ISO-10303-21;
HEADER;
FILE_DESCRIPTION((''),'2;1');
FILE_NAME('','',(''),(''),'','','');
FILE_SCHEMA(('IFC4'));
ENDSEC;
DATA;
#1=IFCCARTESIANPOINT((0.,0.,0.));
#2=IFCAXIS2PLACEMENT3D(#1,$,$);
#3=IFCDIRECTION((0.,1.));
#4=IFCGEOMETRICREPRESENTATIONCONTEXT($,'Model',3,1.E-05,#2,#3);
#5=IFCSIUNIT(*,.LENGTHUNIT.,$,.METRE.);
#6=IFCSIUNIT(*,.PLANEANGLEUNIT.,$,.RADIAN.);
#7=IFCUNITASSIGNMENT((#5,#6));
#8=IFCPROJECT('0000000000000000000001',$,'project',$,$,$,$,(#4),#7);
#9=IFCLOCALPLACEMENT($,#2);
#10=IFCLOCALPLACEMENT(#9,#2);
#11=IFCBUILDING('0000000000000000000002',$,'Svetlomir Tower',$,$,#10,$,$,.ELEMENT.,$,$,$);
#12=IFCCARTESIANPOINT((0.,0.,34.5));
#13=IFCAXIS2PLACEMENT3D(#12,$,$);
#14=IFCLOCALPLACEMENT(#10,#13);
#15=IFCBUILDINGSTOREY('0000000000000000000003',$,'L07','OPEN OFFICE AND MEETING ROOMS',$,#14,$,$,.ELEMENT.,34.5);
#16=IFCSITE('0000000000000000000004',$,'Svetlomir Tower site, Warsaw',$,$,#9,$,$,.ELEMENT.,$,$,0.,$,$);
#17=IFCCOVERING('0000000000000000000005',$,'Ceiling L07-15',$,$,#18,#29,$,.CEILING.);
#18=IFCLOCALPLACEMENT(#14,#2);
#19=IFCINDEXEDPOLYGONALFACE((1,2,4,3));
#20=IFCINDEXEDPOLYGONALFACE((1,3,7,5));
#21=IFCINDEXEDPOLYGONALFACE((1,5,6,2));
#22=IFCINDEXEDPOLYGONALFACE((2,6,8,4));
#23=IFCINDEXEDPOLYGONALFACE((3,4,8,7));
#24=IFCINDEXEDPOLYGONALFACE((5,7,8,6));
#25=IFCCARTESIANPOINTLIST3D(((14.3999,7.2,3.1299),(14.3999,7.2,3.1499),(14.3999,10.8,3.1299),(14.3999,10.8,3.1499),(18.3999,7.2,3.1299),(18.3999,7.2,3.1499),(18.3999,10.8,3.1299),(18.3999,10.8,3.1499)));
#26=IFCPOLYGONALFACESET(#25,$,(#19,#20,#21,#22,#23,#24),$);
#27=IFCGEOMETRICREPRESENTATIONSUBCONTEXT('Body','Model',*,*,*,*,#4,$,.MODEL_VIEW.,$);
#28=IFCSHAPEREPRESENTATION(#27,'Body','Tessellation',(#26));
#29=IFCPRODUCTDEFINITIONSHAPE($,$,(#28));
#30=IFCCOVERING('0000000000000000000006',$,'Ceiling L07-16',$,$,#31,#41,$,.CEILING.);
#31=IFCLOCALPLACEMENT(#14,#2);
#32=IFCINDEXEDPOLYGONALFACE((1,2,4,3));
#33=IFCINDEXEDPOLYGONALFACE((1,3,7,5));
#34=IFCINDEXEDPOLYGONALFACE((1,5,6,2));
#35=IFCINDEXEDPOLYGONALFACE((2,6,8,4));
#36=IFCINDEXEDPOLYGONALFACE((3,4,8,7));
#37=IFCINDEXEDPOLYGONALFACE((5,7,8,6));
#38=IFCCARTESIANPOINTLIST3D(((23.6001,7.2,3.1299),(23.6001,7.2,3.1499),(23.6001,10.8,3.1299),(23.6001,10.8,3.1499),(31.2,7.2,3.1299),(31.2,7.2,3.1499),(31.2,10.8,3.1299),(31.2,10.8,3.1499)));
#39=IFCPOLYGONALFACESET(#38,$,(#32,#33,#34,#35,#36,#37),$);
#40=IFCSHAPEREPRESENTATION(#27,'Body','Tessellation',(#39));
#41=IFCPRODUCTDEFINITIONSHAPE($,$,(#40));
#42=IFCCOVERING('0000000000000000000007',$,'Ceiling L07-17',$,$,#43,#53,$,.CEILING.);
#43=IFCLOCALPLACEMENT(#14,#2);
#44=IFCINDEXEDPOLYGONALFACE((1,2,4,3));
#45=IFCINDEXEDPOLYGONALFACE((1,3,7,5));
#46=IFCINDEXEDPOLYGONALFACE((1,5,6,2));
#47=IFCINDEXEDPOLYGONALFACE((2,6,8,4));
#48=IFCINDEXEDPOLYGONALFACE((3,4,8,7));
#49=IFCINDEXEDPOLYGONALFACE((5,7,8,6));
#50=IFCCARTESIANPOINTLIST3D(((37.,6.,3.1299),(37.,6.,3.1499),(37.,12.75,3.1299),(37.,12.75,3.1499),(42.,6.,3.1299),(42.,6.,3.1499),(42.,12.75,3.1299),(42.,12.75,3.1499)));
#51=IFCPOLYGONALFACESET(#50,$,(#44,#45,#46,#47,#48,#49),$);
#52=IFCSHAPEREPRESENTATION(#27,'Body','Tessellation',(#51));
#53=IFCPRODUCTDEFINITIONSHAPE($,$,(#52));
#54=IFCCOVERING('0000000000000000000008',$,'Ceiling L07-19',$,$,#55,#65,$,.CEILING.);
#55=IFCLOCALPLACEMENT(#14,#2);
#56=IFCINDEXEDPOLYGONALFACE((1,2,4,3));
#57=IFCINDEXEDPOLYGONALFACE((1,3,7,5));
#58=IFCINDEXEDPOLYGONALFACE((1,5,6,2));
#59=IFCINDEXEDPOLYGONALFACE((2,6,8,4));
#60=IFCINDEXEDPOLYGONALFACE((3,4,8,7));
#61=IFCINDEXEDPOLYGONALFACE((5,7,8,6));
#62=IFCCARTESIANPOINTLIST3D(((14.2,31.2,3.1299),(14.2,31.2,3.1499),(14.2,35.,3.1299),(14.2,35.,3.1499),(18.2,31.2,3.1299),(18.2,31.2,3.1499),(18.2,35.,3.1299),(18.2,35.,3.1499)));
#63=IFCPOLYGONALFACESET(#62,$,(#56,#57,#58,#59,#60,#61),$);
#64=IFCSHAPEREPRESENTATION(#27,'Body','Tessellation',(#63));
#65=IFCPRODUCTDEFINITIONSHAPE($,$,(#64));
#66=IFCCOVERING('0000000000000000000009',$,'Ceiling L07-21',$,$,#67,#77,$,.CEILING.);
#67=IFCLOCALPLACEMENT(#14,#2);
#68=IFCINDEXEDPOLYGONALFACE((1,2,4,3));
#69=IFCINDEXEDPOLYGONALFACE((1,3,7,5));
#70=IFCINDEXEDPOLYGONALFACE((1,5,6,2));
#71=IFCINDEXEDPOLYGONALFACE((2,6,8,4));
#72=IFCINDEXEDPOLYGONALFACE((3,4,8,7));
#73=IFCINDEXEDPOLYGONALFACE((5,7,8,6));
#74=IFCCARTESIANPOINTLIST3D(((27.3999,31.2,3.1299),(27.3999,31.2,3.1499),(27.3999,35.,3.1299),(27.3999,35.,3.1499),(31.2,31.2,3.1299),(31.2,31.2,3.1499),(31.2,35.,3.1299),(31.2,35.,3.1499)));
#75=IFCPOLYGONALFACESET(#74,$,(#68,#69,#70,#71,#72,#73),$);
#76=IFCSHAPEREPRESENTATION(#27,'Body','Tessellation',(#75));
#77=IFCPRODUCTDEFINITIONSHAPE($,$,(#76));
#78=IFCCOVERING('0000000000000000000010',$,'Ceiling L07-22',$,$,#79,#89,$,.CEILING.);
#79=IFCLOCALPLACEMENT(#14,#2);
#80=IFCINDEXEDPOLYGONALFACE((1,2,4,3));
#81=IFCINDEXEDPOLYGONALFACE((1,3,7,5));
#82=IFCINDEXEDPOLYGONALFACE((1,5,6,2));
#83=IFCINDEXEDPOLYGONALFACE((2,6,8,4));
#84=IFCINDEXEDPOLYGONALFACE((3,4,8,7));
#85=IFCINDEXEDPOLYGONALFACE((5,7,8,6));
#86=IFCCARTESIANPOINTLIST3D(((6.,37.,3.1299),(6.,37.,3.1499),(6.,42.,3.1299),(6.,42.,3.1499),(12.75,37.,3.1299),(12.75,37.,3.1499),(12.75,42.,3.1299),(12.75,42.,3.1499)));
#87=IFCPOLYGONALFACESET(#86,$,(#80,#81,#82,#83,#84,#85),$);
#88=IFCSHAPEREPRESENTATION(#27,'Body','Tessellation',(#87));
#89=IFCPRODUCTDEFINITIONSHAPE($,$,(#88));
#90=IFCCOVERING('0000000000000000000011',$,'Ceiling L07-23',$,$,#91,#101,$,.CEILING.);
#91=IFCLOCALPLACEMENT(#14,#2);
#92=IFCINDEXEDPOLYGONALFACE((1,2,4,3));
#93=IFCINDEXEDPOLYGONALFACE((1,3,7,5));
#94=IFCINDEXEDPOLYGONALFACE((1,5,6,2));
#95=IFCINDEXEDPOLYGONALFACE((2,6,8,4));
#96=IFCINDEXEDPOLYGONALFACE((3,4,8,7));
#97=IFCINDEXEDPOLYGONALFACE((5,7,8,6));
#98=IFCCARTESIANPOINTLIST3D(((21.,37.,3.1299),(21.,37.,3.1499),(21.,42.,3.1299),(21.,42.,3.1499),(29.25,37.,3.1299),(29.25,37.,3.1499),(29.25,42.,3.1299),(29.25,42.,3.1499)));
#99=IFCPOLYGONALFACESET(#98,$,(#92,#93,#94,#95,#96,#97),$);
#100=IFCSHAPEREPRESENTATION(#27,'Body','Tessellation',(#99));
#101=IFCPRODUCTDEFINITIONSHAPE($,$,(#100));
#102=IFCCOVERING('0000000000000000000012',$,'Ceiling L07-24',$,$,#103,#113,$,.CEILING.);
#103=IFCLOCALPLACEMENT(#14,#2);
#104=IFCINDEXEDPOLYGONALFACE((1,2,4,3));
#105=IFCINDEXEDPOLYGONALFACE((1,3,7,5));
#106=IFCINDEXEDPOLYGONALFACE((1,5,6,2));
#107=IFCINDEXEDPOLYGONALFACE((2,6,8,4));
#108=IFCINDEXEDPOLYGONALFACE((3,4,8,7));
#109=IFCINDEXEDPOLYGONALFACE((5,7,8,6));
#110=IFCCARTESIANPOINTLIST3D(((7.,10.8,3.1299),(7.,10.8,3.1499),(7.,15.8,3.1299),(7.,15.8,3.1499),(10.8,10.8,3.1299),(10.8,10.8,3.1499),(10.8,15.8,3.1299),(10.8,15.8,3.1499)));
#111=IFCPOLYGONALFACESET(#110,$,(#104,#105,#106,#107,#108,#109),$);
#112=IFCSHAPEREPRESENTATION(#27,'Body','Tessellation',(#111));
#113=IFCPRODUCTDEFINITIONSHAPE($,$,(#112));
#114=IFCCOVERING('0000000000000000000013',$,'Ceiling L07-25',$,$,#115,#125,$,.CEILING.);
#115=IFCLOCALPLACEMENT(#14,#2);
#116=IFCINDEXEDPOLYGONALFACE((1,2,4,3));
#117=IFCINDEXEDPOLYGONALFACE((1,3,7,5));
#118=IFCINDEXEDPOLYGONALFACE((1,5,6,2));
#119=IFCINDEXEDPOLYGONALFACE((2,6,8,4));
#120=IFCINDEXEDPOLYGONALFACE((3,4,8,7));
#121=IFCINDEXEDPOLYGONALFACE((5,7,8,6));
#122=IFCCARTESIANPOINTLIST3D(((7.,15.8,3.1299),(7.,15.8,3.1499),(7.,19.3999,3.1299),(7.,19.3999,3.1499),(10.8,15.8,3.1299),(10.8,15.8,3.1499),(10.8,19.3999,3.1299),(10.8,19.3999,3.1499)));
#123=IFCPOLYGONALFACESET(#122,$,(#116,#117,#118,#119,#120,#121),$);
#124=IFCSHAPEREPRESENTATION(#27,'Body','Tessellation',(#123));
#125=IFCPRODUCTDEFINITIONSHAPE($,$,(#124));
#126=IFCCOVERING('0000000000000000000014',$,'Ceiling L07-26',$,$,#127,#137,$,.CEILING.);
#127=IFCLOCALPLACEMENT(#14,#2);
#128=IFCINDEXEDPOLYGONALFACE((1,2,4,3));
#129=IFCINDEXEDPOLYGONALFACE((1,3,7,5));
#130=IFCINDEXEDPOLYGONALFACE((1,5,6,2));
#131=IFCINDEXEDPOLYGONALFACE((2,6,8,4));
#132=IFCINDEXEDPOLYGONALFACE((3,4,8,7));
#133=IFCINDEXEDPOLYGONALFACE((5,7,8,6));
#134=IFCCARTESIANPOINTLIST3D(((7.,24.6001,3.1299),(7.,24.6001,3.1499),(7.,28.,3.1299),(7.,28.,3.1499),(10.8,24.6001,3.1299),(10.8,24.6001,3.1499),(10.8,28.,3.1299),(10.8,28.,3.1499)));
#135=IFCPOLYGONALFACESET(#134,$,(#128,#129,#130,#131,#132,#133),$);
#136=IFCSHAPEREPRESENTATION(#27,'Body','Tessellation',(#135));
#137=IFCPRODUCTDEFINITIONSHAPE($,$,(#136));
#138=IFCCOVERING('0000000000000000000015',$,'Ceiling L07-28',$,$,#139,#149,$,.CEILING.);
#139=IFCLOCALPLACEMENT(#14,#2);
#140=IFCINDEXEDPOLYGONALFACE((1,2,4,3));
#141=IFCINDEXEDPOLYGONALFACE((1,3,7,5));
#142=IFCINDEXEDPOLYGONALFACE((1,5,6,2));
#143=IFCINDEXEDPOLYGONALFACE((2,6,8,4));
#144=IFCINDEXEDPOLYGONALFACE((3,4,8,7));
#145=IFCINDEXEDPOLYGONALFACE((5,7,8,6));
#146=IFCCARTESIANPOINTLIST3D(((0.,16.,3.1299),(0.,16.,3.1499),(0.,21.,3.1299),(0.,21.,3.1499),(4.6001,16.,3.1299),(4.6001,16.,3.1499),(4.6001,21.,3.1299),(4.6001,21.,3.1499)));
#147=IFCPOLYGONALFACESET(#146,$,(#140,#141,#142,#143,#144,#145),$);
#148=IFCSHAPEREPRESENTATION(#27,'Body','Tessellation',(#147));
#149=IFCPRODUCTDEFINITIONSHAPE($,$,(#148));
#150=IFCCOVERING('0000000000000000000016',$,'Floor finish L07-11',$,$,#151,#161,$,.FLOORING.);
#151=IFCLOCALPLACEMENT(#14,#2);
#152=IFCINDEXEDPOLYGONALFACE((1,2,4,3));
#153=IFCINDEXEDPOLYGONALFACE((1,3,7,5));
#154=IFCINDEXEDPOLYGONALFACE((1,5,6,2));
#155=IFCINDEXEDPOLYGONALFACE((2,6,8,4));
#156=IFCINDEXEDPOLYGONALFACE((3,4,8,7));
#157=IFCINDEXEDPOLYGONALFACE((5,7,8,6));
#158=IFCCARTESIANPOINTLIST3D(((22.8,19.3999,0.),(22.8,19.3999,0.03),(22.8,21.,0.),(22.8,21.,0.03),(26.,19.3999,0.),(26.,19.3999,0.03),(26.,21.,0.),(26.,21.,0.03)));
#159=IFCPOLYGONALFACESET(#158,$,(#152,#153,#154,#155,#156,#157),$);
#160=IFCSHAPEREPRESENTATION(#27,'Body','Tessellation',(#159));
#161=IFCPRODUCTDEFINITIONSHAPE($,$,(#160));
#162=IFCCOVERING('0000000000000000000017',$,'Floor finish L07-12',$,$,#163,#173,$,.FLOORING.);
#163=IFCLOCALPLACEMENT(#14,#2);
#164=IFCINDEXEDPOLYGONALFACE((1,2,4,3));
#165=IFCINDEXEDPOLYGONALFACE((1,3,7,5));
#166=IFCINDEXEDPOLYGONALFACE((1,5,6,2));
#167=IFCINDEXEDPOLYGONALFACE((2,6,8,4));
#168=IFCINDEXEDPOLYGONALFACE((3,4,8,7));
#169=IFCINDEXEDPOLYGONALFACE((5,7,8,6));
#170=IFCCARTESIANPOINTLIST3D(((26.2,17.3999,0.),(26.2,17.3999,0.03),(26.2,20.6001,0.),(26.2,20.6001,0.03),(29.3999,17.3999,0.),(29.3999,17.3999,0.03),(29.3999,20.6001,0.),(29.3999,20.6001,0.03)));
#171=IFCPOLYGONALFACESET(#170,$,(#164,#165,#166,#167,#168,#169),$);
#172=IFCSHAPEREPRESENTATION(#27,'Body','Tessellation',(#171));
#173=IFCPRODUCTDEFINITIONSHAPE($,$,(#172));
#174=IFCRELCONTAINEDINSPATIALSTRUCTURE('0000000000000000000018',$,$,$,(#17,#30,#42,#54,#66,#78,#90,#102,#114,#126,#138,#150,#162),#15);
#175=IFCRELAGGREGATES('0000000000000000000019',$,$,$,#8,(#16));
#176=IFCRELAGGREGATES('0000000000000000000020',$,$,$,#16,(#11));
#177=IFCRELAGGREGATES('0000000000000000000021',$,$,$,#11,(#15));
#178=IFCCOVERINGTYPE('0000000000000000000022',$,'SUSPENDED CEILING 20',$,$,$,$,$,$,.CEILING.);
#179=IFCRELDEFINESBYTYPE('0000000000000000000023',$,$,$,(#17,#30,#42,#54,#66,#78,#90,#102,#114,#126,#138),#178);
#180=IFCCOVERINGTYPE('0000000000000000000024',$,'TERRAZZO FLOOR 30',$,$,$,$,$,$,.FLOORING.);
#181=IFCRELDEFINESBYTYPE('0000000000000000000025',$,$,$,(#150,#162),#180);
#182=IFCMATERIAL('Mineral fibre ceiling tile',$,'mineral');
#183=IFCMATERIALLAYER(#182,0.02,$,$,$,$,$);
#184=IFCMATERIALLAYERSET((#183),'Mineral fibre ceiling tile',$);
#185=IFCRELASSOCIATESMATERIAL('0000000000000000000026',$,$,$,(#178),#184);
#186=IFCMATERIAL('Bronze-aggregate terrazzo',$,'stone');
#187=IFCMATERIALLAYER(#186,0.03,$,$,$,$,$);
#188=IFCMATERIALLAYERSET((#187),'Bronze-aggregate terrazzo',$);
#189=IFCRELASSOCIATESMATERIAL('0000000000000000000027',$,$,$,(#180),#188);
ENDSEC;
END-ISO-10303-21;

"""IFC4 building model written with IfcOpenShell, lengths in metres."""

from ifc_helpers import new_model, si_unit, direction, frame, origin, place, context, subcontext, project, spatial, polyline, outline, extrude, material, layer, layer_set, type_object, element, save


model = new_model("IFC4")

# Units and contexts
model_context = context("Model", 3, precision=1e-05, world=origin(), true_north=direction((0.0, 1.0)))
body_context = subcontext(model_context, "Body", "Model", "MODEL_VIEW")
ifc_project = project(units=[si_unit("LENGTHUNIT", "METRE"), si_unit("PLANEANGLEUNIT", "RADIAN")], contexts=[model_context])

# Site, building, storey
site_placement = place(None, origin())
site = spatial("IfcSite", under=ifc_project, at=site_placement, Name="Svetlomir Tower site, Warsaw", CompositionType="ELEMENT", RefElevation=0.0)
building_placement = place(site_placement, origin())
building = spatial("IfcBuilding", under=site, at=building_placement, Name="Svetlomir Tower", CompositionType="ELEMENT")
storey_placement = place(building_placement, frame((0.0, 0.0, 34.5)))
storey = spatial("IfcBuildingStorey", under=building, at=storey_placement, Name="L07", Description="OPEN OFFICE AND MEETING ROOMS", CompositionType="ELEMENT", Elevation=34.5)

# Coverings
ifc_material_1 = material(Name="Mineral fibre ceiling tile", Category="mineral")
ifc_layer_1 = layer(ifc_material_1, 0.02)
ifc_layer_set_1 = layer_set([ifc_layer_1], Name="Mineral fibre ceiling tile")
covering_type_1 = type_object("IfcCoveringType", Name="SUSPENDED CEILING 20", PredefinedType="CEILING", material=ifc_layer_set_1)
covering_1_placement = place(storey_placement, frame((0.0, 0.0, 3.1299)))
element("IfcCovering", 1, at=covering_1_placement, inside=storey, type_object=covering_type_1, Name="Ceiling L07-15", PredefinedType="CEILING", context=body_context, shape_type="SweptSolid", body=[
    extrude(outline(polyline([(14.3999, 7.2), (18.3999, 7.2), (18.3999, 10.8), (14.3999, 10.8), (14.3999, 7.2)])), origin(), (0.0, 0.0, 1.0), 0.02),
])
covering_2_placement = place(storey_placement, frame((0.0, 0.0, 3.1299)))
element("IfcCovering", 2, at=covering_2_placement, inside=storey, type_object=covering_type_1, Name="Ceiling L07-16", PredefinedType="CEILING", context=body_context, shape_type="SweptSolid", body=[
    extrude(outline(polyline([(23.6001, 7.2), (31.2, 7.2), (31.2, 10.8), (23.6001, 10.8), (23.6001, 7.2)])), origin(), (0.0, 0.0, 1.0), 0.02),
])
covering_3_placement = place(storey_placement, frame((0.0, 0.0, 3.1299)))
element("IfcCovering", 3, at=covering_3_placement, inside=storey, type_object=covering_type_1, Name="Ceiling L07-17", PredefinedType="CEILING", context=body_context, shape_type="SweptSolid", body=[
    extrude(outline(polyline([(37.0, 6.0), (42.0, 6.0), (42.0, 12.75), (37.0, 12.75), (37.0, 6.0)])), origin(), (0.0, 0.0, 1.0), 0.02),
])
covering_4_placement = place(storey_placement, frame((0.0, 0.0, 3.1299)))
element("IfcCovering", 4, at=covering_4_placement, inside=storey, type_object=covering_type_1, Name="Ceiling L07-19", PredefinedType="CEILING", context=body_context, shape_type="SweptSolid", body=[
    extrude(outline(polyline([(14.2, 31.2), (18.2, 31.2), (18.2, 35.0), (14.2, 35.0), (14.2, 31.2)])), origin(), (0.0, 0.0, 1.0), 0.02),
])
covering_5_placement = place(storey_placement, frame((0.0, 0.0, 3.1299)))
element("IfcCovering", 5, at=covering_5_placement, inside=storey, type_object=covering_type_1, Name="Ceiling L07-21", PredefinedType="CEILING", context=body_context, shape_type="SweptSolid", body=[
    extrude(outline(polyline([(27.3999, 31.2), (31.2, 31.2), (31.2, 35.0), (27.3999, 35.0), (27.3999, 31.2)])), origin(), (0.0, 0.0, 1.0), 0.02),
])
covering_6_placement = place(storey_placement, frame((0.0, 0.0, 3.1299)))
element("IfcCovering", 6, at=covering_6_placement, inside=storey, type_object=covering_type_1, Name="Ceiling L07-22", PredefinedType="CEILING", context=body_context, shape_type="SweptSolid", body=[
    extrude(outline(polyline([(6.0, 37.0), (12.75, 37.0), (12.75, 42.0), (6.0, 42.0), (6.0, 37.0)])), origin(), (0.0, 0.0, 1.0), 0.02),
])
covering_7_placement = place(storey_placement, frame((0.0, 0.0, 3.1299)))
element("IfcCovering", 7, at=covering_7_placement, inside=storey, type_object=covering_type_1, Name="Ceiling L07-23", PredefinedType="CEILING", context=body_context, shape_type="SweptSolid", body=[
    extrude(outline(polyline([(21.0, 37.0), (29.25, 37.0), (29.25, 42.0), (21.0, 42.0), (21.0, 37.0)])), origin(), (0.0, 0.0, 1.0), 0.02),
])
covering_8_placement = place(storey_placement, frame((0.0, 0.0, 3.1299)))
element("IfcCovering", 8, at=covering_8_placement, inside=storey, type_object=covering_type_1, Name="Ceiling L07-24", PredefinedType="CEILING", context=body_context, shape_type="SweptSolid", body=[
    extrude(outline(polyline([(7.0, 10.8), (10.8, 10.8), (10.8, 15.8), (7.0, 15.8), (7.0, 10.8)])), origin(), (0.0, 0.0, 1.0), 0.02),
])
covering_9_placement = place(storey_placement, frame((0.0, 0.0, 3.1299)))
element("IfcCovering", 9, at=covering_9_placement, inside=storey, type_object=covering_type_1, Name="Ceiling L07-25", PredefinedType="CEILING", context=body_context, shape_type="SweptSolid", body=[
    extrude(outline(polyline([(7.0, 15.8), (10.8, 15.8), (10.8, 19.3999), (7.0, 19.3999), (7.0, 15.8)])), origin(), (0.0, 0.0, 1.0), 0.02),
])
covering_10_placement = place(storey_placement, frame((0.0, 0.0, 3.1299)))
element("IfcCovering", 10, at=covering_10_placement, inside=storey, type_object=covering_type_1, Name="Ceiling L07-26", PredefinedType="CEILING", context=body_context, shape_type="SweptSolid", body=[
    extrude(outline(polyline([(7.0, 24.6001), (10.8, 24.6001), (10.8, 28.0), (7.0, 28.0), (7.0, 24.6001)])), origin(), (0.0, 0.0, 1.0), 0.02),
])
covering_11_placement = place(storey_placement, frame((0.0, 0.0, 3.1299)))
element("IfcCovering", 11, at=covering_11_placement, inside=storey, type_object=covering_type_1, Name="Ceiling L07-28", PredefinedType="CEILING", context=body_context, shape_type="SweptSolid", body=[
    extrude(outline(polyline([(0.0, 16.0), (4.6001, 16.0), (4.6001, 21.0), (0.0, 21.0), (0.0, 16.0)])), origin(), (0.0, 0.0, 1.0), 0.02),
])
ifc_material_2 = material(Name="Bronze-aggregate terrazzo", Category="stone")
ifc_layer_2 = layer(ifc_material_2, 0.03)
ifc_layer_set_2 = layer_set([ifc_layer_2], Name="Bronze-aggregate terrazzo")
covering_type_2 = type_object("IfcCoveringType", Name="TERRAZZO FLOOR 30", PredefinedType="FLOORING", material=ifc_layer_set_2)
covering_12_placement = place(storey_placement, origin())
element("IfcCovering", 12, at=covering_12_placement, inside=storey, type_object=covering_type_2, Name="Floor finish L07-11", PredefinedType="FLOORING", context=body_context, shape_type="SweptSolid", body=[
    extrude(outline(polyline([(22.8, 19.3999), (26.0, 19.3999), (26.0, 21.0), (22.8, 21.0), (22.8, 19.3999)])), origin(), (0.0, 0.0, 1.0), 0.03),
])
covering_13_placement = place(storey_placement, origin())
element("IfcCovering", 13, at=covering_13_placement, inside=storey, type_object=covering_type_2, Name="Floor finish L07-12", PredefinedType="FLOORING", context=body_context, shape_type="SweptSolid", body=[
    extrude(outline(polyline([(26.2, 17.3999), (29.3999, 17.3999), (29.3999, 20.6001), (26.2, 20.6001), (26.2, 17.3999)])), origin(), (0.0, 0.0, 1.0), 0.03),
])

save(model, "model.ifc")
